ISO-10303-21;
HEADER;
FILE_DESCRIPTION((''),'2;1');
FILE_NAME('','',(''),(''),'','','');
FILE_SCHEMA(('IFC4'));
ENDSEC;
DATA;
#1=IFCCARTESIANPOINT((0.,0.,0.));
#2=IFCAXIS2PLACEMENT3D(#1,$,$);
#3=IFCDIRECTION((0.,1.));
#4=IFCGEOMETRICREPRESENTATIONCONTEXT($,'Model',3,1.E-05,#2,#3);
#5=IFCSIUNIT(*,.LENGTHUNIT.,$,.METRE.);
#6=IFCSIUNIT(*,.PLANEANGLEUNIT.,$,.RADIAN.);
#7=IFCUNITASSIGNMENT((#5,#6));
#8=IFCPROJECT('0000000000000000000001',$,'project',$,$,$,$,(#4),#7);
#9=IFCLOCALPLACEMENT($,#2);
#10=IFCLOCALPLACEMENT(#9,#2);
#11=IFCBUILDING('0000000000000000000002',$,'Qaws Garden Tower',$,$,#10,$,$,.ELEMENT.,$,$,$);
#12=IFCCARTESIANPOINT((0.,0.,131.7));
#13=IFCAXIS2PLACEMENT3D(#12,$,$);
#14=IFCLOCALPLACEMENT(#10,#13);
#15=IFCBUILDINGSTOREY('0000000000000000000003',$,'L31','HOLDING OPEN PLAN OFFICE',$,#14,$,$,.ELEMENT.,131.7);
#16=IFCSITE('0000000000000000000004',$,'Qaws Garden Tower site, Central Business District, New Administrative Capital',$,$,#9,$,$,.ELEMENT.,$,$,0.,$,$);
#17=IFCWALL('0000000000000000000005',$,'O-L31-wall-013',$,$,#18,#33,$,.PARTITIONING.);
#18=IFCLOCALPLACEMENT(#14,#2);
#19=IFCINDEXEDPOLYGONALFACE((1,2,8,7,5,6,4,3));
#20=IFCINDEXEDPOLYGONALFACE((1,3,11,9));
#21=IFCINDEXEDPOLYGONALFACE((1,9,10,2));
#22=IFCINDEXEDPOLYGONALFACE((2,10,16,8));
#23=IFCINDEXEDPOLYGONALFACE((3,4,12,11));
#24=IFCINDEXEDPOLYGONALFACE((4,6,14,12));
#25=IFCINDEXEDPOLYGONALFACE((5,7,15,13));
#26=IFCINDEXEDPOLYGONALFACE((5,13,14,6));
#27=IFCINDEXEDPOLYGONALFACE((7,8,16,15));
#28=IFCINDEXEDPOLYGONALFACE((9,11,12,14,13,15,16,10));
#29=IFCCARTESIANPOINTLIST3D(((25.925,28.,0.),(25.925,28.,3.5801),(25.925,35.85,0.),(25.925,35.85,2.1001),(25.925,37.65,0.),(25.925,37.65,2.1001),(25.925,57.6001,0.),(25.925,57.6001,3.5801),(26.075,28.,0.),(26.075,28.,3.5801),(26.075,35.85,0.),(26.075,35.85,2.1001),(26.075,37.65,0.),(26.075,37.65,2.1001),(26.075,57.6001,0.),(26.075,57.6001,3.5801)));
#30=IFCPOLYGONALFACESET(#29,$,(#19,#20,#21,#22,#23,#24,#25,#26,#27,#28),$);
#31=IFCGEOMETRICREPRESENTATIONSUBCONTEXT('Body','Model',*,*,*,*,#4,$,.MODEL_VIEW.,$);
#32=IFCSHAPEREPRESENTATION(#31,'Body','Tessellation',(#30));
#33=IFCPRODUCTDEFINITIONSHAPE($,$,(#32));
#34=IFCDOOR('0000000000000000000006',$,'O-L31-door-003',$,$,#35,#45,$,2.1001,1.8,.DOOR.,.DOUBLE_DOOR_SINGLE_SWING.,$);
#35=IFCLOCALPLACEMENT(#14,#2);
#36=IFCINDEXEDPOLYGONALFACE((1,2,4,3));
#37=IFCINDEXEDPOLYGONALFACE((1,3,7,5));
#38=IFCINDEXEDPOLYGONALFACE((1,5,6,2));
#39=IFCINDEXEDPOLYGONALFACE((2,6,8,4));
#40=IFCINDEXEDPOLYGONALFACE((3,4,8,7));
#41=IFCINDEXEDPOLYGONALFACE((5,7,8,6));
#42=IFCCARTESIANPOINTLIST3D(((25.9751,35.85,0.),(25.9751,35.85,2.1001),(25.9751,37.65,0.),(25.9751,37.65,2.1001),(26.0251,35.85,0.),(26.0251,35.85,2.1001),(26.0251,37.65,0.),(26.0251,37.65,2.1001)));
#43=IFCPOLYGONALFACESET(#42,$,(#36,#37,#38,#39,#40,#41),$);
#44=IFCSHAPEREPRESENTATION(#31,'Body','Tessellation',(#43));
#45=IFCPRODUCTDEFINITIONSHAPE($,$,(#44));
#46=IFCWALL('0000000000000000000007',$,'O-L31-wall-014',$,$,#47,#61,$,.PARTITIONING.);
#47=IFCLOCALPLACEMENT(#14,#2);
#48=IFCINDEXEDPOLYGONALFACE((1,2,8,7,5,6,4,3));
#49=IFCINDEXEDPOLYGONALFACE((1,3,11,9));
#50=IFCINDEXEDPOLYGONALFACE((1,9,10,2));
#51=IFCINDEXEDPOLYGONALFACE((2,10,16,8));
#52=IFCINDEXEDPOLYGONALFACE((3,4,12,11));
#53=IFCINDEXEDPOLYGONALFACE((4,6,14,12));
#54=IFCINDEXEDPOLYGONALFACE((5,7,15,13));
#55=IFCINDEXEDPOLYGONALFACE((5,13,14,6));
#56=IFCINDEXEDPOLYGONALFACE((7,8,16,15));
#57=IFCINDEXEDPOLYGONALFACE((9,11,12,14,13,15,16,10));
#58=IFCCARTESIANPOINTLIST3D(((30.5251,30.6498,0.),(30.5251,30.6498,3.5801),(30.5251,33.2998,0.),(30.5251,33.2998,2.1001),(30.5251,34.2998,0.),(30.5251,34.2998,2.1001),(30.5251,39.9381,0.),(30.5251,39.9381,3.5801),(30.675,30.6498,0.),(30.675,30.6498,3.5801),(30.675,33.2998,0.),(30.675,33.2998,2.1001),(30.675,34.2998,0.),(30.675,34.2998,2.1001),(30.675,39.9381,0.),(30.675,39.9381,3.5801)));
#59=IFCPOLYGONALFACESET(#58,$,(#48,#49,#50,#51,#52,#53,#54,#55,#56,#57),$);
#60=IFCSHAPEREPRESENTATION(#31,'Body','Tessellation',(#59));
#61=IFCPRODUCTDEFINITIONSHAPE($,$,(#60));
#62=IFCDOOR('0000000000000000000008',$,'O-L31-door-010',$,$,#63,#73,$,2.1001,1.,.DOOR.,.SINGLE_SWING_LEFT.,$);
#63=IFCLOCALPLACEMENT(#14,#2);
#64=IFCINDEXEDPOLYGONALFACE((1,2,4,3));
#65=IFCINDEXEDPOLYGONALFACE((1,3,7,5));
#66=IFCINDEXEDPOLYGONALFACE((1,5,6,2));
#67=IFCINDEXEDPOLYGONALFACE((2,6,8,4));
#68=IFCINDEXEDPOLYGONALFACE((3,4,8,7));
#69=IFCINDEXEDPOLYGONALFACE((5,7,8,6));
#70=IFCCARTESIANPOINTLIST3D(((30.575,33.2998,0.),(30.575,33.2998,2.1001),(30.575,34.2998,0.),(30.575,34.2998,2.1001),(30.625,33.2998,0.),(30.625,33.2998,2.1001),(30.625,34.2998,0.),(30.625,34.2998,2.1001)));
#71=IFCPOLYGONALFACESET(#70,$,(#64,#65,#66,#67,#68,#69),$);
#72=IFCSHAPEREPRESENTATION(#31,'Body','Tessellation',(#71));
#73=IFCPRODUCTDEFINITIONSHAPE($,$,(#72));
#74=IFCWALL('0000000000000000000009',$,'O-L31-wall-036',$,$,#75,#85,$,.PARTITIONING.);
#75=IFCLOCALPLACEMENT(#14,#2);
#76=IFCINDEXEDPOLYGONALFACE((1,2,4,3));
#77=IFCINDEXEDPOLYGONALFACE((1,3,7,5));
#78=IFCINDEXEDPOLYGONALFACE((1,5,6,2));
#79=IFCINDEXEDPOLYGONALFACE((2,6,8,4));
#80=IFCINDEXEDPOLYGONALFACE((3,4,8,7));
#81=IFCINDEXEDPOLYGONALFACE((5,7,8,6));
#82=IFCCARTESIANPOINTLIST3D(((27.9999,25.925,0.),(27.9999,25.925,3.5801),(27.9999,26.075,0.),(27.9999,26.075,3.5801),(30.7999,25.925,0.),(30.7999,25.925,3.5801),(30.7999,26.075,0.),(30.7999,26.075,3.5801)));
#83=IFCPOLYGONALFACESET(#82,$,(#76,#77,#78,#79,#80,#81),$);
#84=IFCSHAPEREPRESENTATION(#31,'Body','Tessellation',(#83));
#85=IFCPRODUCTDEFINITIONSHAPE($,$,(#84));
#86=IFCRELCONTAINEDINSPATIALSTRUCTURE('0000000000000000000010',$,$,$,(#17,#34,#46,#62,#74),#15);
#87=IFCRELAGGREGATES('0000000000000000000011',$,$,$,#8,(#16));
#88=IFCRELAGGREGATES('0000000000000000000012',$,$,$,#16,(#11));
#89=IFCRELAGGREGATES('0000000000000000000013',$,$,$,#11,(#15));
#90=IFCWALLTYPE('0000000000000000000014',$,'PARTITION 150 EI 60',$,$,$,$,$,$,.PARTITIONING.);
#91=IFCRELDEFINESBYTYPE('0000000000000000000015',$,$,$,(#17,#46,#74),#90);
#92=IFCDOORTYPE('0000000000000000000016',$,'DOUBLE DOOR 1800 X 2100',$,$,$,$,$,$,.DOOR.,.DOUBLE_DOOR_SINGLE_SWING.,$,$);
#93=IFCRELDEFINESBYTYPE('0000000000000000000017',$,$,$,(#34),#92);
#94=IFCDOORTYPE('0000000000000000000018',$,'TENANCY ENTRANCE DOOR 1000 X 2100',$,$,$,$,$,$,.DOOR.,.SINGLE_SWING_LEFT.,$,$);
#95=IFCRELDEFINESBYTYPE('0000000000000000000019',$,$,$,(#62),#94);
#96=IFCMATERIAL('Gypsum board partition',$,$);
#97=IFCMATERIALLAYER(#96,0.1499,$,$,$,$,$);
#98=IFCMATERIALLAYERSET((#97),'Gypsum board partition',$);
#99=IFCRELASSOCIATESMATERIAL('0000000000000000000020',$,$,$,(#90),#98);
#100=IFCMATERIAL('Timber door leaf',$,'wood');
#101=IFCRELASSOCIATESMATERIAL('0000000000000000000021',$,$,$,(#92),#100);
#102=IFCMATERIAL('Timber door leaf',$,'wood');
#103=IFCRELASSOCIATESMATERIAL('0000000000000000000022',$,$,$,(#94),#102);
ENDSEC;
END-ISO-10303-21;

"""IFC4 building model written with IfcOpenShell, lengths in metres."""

from ifc_helpers import new_model, si_unit, direction, frame, frame_2d, origin, place, context, subcontext, project, spatial, rectangle, extrude, material, layer, layer_set, type_object, element, fill, save


model = new_model("IFC4")

# Units and contexts
model_context = context("Model", 3, precision=1e-05, world=origin(), true_north=direction((0.0, 1.0)))
body_context = subcontext(model_context, "Body", "Model", "MODEL_VIEW")
ifc_project = project(units=[si_unit("LENGTHUNIT", "METRE"), si_unit("PLANEANGLEUNIT", "RADIAN")], contexts=[model_context])

# Site, building, storey
site_placement = place(None, origin())
site = spatial("IfcSite", under=ifc_project, at=site_placement, Name="Qaws Garden Tower site, Central Business District, New Administrative Capital", CompositionType="ELEMENT", RefElevation=0.0)
building_placement = place(site_placement, origin())
building = spatial("IfcBuilding", under=site, at=building_placement, Name="Qaws Garden Tower", CompositionType="ELEMENT")
storey_placement = place(building_placement, frame((0.0, 0.0, 131.7)))
storey = spatial("IfcBuildingStorey", under=building, at=storey_placement, Name="L31", Description="HOLDING OPEN PLAN OFFICE", CompositionType="ELEMENT", Elevation=131.7)

# Walls, openings, doors
ifc_material_1 = material(Name="Gypsum board partition")
ifc_layer_1 = layer(ifc_material_1, 0.1499)
ifc_layer_set_1 = layer_set([ifc_layer_1], Name="Gypsum board partition")
wall_type_1 = type_object("IfcWallType", Name="PARTITION 150 EI 60", PredefinedType="PARTITIONING", material=ifc_layer_set_1)
wall_1_placement = place(storey_placement, frame((26.0, 28.0, 0.0), z_axis=(0.0, 0.0, 1.0), x_axis=(0.0, 1.0, 0.0)))
wall_1 = element("IfcWall", 1, at=wall_1_placement, inside=storey, type_object=wall_type_1, Name="O-L31-wall-013", PredefinedType="PARTITIONING", context=body_context, shape_type="SweptSolid", body=[
    extrude(rectangle(XDim=29.6001, YDim=0.1499, at=frame_2d((14.8, 0.0))), origin(), (0.0, 0.0, 1.0), 3.5801),
])
opening_1_placement = place(wall_1_placement, frame((7.8501, 0.0, 0.0)))
opening_1 = element("IfcOpeningElement", 2, at=opening_1_placement, cuts=wall_1, PredefinedType="OPENING", context=body_context, shape_type="SweptSolid", body=[
    extrude(rectangle(XDim=1.8, YDim=2.1001, at=frame_2d((0.8999, 1.05))), frame((0.0, 0.085, 0.0), z_axis=(0.0, -1.0, 0.0), x_axis=(1.0, 0.0, 0.0)), (0.0, 0.0, 1.0), 0.1699),
])
ifc_material_2 = material(Name="Timber door leaf", Category="wood")
door_type_1 = type_object("IfcDoorType", Name="DOUBLE DOOR 1800 X 2100", OperationType="DOUBLE_DOOR_SINGLE_SWING", PredefinedType="DOOR", material=ifc_material_2)
door_1_placement = place(opening_1_placement, origin())
door_1 = element("IfcDoor", 3, at=door_1_placement, inside=storey, type_object=door_type_1, Name="O-L31-door-003", OperationType="DOUBLE_DOOR_SINGLE_SWING", OverallHeight=2.1001, OverallWidth=1.8, PredefinedType="DOOR", context=body_context, shape_type="SweptSolid", body=[
    extrude(rectangle(XDim=1.8, YDim=2.1001, at=frame_2d((0.8999, 1.05))), frame((0.0, 0.0249, 0.0), z_axis=(0.0, -1.0, 0.0), x_axis=(1.0, 0.0, 0.0)), (0.0, 0.0, 1.0), 0.05),
])
fill(opening_1, door_1)
wall_2_placement = place(storey_placement, frame((30.6001, 30.6499, 0.0), z_axis=(0.0, 0.0, 1.0), x_axis=(0.0, 1.0, 0.0)))
wall_2 = element("IfcWall", 4, at=wall_2_placement, inside=storey, type_object=wall_type_1, Name="O-L31-wall-014", PredefinedType="PARTITIONING", context=body_context, shape_type="SweptSolid", body=[
    extrude(rectangle(XDim=9.2883, YDim=0.1499, at=frame_2d((4.644, 0.0))), origin(), (0.0, 0.0, 1.0), 3.5801),
])
opening_2_placement = place(wall_2_placement, frame((2.6499, 0.0, 0.0)))
opening_2 = element("IfcOpeningElement", 5, at=opening_2_placement, cuts=wall_2, PredefinedType="OPENING", context=body_context, shape_type="SweptSolid", body=[
    extrude(rectangle(XDim=1.0, YDim=2.1001, at=frame_2d((0.5, 1.05))), frame((0.0, 0.085, 0.0), z_axis=(0.0, -1.0, 0.0), x_axis=(1.0, 0.0, 0.0)), (0.0, 0.0, 1.0), 0.1699),
])
ifc_material_3 = material(Name="Timber door leaf", Category="wood")
door_type_2 = type_object("IfcDoorType", Name="TENANCY ENTRANCE DOOR 1000 X 2100", OperationType="SINGLE_SWING_LEFT", PredefinedType="DOOR", material=ifc_material_3)
door_2_placement = place(opening_2_placement, frame((1.0, 0.0, 0.0), z_axis=(0.0, 0.0, 1.0), x_axis=(-1.0, 0.0, 0.0)))
door_2 = element("IfcDoor", 6, at=door_2_placement, inside=storey, type_object=door_type_2, Name="O-L31-door-010", OperationType="SINGLE_SWING_LEFT", OverallHeight=2.1001, OverallWidth=1.0, PredefinedType="DOOR", context=body_context, shape_type="SweptSolid", body=[
    extrude(rectangle(XDim=1.0, YDim=2.1001, at=frame_2d((0.5, 1.05))), frame((0.0, 0.0249, 0.0), z_axis=(0.0, -1.0, 0.0), x_axis=(1.0, 0.0, 0.0)), (0.0, 0.0, 1.0), 0.05),
])
fill(opening_2, door_2)

# Wall
wall_3_placement = place(storey_placement, frame((28.0, 26.0, 0.0), z_axis=(0.0, 0.0, 1.0), x_axis=(1.0, 0.0, 0.0)))
element("IfcWall", 7, at=wall_3_placement, inside=storey, type_object=wall_type_1, Name="O-L31-wall-036", PredefinedType="PARTITIONING", context=body_context, shape_type="SweptSolid", body=[
    extrude(rectangle(XDim=2.8, YDim=0.1499, at=frame_2d((1.3999, 0.0))), origin(), (0.0, 0.0, 1.0), 3.5801),
])

save(model, "model.ifc")
